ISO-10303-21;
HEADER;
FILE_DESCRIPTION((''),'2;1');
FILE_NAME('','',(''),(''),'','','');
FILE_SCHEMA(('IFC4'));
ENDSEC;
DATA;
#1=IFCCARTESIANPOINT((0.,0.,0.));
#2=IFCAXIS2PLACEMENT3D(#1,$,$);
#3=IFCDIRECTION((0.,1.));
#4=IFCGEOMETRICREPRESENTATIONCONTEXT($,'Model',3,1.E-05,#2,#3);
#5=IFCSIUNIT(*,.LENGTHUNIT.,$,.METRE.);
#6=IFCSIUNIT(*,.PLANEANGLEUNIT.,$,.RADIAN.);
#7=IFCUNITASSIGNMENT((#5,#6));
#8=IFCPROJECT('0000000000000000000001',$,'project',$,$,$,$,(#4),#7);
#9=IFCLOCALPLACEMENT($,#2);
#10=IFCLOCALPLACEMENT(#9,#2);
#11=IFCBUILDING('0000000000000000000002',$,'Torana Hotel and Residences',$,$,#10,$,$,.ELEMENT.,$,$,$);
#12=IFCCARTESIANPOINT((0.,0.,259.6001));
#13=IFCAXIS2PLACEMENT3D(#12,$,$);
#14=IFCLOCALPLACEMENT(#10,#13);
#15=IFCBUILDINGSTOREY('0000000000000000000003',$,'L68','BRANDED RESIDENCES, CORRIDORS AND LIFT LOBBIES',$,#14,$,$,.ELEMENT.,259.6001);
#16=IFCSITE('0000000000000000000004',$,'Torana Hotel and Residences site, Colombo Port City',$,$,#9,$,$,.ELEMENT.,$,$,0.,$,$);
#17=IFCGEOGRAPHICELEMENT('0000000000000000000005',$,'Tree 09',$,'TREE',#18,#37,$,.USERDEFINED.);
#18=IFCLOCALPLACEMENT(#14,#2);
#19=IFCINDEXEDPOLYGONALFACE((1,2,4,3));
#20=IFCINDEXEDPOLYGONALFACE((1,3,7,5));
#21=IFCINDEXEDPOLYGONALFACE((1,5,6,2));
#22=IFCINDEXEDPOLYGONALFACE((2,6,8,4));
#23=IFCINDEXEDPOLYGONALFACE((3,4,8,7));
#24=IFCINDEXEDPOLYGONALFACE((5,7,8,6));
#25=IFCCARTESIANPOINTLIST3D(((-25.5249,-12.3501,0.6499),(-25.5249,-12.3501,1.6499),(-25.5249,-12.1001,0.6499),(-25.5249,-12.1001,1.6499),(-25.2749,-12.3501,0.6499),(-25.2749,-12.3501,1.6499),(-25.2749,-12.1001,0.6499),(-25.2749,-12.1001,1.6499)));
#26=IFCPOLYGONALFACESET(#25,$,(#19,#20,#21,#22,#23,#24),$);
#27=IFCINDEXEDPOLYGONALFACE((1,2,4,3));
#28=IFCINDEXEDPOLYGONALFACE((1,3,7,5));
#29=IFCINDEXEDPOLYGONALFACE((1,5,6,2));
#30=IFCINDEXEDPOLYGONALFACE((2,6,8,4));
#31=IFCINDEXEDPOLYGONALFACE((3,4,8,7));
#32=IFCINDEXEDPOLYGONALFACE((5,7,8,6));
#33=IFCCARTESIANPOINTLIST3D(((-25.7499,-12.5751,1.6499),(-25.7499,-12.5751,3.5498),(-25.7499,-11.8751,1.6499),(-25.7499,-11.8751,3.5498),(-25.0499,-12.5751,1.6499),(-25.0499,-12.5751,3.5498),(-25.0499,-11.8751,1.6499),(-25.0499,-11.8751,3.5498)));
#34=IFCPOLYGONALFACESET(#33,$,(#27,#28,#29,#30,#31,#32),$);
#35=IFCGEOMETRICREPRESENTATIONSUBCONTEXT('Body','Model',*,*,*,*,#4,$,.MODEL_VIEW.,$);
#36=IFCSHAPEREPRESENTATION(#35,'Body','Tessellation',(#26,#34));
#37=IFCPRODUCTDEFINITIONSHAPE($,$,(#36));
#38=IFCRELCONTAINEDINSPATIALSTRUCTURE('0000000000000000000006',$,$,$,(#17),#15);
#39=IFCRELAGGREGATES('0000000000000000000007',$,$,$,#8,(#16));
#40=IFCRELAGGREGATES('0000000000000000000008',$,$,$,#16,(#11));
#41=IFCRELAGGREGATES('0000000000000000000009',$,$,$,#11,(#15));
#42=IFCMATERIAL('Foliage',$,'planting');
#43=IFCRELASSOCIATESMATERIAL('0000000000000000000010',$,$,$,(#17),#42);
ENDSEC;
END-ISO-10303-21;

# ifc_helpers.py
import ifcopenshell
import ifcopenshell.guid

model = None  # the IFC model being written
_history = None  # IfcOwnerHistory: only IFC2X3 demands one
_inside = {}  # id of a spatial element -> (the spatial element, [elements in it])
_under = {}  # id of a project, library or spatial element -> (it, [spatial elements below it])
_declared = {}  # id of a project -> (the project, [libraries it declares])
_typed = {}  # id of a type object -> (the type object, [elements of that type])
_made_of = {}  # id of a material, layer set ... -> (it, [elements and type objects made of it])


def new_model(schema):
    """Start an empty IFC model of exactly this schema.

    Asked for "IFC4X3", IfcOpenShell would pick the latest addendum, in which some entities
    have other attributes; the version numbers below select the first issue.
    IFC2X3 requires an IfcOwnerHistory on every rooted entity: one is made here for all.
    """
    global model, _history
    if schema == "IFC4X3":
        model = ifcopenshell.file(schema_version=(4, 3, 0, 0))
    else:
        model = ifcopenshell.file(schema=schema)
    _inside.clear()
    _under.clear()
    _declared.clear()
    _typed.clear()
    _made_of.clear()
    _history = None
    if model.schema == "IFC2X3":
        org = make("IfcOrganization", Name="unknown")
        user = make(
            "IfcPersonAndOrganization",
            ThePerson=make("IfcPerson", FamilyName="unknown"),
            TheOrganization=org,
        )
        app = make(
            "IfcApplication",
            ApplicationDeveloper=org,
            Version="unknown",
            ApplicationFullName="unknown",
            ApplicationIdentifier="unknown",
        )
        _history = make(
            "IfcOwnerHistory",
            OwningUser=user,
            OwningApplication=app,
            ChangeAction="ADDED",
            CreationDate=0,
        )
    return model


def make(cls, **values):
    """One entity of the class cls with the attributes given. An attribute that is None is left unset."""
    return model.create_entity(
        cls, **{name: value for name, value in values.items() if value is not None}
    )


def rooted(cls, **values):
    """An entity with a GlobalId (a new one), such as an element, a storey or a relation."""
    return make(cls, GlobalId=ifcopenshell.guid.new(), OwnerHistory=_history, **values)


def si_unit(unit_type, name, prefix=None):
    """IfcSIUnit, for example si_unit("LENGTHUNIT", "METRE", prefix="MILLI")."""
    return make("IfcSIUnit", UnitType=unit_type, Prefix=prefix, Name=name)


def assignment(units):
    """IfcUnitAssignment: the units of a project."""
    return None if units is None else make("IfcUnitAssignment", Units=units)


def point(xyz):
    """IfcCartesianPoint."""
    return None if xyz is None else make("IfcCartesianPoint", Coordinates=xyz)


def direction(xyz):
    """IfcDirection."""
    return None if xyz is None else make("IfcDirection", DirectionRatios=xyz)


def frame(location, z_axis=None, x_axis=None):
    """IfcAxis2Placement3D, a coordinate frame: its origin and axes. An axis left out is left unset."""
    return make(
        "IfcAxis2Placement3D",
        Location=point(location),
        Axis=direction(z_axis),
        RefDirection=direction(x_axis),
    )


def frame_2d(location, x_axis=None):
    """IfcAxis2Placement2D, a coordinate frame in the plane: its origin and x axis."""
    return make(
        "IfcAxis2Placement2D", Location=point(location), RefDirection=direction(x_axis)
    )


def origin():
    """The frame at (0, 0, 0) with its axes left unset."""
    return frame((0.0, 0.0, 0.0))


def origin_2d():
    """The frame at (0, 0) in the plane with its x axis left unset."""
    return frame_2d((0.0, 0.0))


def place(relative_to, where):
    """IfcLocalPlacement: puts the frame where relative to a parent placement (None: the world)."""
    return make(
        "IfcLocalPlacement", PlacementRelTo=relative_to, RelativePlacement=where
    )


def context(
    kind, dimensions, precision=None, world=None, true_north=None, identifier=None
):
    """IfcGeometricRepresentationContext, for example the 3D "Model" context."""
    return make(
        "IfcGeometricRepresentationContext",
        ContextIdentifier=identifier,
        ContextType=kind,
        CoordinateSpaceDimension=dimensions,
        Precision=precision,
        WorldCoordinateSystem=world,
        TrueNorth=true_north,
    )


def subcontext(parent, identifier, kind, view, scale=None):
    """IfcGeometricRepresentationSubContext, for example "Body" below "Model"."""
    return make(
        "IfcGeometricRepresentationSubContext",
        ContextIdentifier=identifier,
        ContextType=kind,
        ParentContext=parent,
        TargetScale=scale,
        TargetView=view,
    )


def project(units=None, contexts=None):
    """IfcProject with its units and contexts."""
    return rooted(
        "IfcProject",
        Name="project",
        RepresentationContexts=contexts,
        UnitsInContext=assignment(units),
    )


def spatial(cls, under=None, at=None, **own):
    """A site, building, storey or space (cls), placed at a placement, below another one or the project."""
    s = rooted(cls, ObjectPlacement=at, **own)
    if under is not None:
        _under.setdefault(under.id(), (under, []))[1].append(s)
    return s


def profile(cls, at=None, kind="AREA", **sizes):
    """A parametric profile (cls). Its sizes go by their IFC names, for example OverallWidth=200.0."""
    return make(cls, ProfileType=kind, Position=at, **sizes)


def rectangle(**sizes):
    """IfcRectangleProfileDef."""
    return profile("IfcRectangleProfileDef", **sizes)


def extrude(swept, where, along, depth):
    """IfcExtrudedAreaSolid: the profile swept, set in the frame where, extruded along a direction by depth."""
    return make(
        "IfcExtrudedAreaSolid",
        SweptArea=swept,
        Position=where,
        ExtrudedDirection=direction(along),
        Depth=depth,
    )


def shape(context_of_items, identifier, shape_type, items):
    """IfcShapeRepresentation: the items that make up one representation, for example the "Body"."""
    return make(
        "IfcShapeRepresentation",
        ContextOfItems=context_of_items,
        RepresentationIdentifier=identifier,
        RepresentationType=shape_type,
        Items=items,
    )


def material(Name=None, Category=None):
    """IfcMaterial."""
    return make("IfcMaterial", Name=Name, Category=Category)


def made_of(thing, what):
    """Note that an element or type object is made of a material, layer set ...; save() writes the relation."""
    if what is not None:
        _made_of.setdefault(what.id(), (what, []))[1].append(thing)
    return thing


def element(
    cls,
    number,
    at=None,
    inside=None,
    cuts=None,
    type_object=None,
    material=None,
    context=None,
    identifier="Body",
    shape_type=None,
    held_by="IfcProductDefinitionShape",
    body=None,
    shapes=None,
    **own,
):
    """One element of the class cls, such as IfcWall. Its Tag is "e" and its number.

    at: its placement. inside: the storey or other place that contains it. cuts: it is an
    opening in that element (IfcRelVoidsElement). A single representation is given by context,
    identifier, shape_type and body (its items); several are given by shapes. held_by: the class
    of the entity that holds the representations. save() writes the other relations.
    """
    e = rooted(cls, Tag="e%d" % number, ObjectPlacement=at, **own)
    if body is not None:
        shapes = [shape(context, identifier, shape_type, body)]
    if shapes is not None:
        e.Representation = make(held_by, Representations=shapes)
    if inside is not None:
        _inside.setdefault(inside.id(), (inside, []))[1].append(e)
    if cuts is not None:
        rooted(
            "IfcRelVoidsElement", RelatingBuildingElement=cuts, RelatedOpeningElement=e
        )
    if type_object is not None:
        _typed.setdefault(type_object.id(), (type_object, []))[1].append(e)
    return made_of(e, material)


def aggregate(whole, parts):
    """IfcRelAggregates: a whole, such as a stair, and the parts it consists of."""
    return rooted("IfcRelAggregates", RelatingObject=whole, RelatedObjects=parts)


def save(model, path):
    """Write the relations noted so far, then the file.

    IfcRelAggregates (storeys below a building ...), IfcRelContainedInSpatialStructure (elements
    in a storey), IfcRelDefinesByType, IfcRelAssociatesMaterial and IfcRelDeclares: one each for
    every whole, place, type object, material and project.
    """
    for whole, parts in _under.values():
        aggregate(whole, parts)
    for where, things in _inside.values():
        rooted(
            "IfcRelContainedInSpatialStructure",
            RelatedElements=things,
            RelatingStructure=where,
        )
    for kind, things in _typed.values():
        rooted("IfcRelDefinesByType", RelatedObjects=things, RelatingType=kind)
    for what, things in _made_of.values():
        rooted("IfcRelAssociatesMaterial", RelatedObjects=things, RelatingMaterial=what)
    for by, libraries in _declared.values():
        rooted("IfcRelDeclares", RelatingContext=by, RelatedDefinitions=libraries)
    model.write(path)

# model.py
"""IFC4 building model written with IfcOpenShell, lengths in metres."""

from ifc_helpers import new_model, si_unit, direction, frame, origin, origin_2d, place, context, subcontext, project, spatial, rectangle, extrude, material, element, save


model = new_model("IFC4")

# Units and contexts
model_context = context("Model", 3, precision=1e-05, world=origin(), true_north=direction((0.0, 1.0)))
body_context = subcontext(model_context, "Body", "Model", "MODEL_VIEW")
ifc_project = project(units=[si_unit("LENGTHUNIT", "METRE"), si_unit("PLANEANGLEUNIT", "RADIAN")], contexts=[model_context])

# Site, building, storey
site_placement = place(None, origin())
site = spatial("IfcSite", under=ifc_project, at=site_placement, Name="Torana Hotel and Residences site, Colombo Port City", CompositionType="ELEMENT", RefElevation=0.0)
building_placement = place(site_placement, origin())
building = spatial("IfcBuilding", under=site, at=building_placement, Name="Torana Hotel and Residences", CompositionType="ELEMENT")
storey_placement = place(building_placement, frame((0.0, 0.0, 259.6001)))
storey = spatial("IfcBuildingStorey", under=building, at=storey_placement, Name="L68", Description="BRANDED RESIDENCES, CORRIDORS AND LIFT LOBBIES", CompositionType="ELEMENT", Elevation=259.6001)

# Geographic element
ifc_material_1 = material(Name="Foliage", Category="planting")
geographic_element_placement = place(storey_placement, frame((-25.3999, -12.2251, 0.6499), z_axis=(0.0, 0.0, 1.0), x_axis=(1.0, 0.0, 0.0)))
element("IfcGeographicElement", 1, at=geographic_element_placement, inside=storey, material=ifc_material_1, Name="Tree 09", ObjectType="TREE", PredefinedType="USERDEFINED", context=body_context, shape_type="SweptSolid", body=[
    extrude(rectangle(XDim=0.25, YDim=0.25, at=origin_2d()), origin(), (0.0, 0.0, 1.0), 1.0),
    extrude(rectangle(XDim=0.7, YDim=0.7, at=origin_2d()), frame((0.0, 0.0, 1.0)), (0.0, 0.0, 1.0), 1.8999),
])

save(model, "model.ifc")
